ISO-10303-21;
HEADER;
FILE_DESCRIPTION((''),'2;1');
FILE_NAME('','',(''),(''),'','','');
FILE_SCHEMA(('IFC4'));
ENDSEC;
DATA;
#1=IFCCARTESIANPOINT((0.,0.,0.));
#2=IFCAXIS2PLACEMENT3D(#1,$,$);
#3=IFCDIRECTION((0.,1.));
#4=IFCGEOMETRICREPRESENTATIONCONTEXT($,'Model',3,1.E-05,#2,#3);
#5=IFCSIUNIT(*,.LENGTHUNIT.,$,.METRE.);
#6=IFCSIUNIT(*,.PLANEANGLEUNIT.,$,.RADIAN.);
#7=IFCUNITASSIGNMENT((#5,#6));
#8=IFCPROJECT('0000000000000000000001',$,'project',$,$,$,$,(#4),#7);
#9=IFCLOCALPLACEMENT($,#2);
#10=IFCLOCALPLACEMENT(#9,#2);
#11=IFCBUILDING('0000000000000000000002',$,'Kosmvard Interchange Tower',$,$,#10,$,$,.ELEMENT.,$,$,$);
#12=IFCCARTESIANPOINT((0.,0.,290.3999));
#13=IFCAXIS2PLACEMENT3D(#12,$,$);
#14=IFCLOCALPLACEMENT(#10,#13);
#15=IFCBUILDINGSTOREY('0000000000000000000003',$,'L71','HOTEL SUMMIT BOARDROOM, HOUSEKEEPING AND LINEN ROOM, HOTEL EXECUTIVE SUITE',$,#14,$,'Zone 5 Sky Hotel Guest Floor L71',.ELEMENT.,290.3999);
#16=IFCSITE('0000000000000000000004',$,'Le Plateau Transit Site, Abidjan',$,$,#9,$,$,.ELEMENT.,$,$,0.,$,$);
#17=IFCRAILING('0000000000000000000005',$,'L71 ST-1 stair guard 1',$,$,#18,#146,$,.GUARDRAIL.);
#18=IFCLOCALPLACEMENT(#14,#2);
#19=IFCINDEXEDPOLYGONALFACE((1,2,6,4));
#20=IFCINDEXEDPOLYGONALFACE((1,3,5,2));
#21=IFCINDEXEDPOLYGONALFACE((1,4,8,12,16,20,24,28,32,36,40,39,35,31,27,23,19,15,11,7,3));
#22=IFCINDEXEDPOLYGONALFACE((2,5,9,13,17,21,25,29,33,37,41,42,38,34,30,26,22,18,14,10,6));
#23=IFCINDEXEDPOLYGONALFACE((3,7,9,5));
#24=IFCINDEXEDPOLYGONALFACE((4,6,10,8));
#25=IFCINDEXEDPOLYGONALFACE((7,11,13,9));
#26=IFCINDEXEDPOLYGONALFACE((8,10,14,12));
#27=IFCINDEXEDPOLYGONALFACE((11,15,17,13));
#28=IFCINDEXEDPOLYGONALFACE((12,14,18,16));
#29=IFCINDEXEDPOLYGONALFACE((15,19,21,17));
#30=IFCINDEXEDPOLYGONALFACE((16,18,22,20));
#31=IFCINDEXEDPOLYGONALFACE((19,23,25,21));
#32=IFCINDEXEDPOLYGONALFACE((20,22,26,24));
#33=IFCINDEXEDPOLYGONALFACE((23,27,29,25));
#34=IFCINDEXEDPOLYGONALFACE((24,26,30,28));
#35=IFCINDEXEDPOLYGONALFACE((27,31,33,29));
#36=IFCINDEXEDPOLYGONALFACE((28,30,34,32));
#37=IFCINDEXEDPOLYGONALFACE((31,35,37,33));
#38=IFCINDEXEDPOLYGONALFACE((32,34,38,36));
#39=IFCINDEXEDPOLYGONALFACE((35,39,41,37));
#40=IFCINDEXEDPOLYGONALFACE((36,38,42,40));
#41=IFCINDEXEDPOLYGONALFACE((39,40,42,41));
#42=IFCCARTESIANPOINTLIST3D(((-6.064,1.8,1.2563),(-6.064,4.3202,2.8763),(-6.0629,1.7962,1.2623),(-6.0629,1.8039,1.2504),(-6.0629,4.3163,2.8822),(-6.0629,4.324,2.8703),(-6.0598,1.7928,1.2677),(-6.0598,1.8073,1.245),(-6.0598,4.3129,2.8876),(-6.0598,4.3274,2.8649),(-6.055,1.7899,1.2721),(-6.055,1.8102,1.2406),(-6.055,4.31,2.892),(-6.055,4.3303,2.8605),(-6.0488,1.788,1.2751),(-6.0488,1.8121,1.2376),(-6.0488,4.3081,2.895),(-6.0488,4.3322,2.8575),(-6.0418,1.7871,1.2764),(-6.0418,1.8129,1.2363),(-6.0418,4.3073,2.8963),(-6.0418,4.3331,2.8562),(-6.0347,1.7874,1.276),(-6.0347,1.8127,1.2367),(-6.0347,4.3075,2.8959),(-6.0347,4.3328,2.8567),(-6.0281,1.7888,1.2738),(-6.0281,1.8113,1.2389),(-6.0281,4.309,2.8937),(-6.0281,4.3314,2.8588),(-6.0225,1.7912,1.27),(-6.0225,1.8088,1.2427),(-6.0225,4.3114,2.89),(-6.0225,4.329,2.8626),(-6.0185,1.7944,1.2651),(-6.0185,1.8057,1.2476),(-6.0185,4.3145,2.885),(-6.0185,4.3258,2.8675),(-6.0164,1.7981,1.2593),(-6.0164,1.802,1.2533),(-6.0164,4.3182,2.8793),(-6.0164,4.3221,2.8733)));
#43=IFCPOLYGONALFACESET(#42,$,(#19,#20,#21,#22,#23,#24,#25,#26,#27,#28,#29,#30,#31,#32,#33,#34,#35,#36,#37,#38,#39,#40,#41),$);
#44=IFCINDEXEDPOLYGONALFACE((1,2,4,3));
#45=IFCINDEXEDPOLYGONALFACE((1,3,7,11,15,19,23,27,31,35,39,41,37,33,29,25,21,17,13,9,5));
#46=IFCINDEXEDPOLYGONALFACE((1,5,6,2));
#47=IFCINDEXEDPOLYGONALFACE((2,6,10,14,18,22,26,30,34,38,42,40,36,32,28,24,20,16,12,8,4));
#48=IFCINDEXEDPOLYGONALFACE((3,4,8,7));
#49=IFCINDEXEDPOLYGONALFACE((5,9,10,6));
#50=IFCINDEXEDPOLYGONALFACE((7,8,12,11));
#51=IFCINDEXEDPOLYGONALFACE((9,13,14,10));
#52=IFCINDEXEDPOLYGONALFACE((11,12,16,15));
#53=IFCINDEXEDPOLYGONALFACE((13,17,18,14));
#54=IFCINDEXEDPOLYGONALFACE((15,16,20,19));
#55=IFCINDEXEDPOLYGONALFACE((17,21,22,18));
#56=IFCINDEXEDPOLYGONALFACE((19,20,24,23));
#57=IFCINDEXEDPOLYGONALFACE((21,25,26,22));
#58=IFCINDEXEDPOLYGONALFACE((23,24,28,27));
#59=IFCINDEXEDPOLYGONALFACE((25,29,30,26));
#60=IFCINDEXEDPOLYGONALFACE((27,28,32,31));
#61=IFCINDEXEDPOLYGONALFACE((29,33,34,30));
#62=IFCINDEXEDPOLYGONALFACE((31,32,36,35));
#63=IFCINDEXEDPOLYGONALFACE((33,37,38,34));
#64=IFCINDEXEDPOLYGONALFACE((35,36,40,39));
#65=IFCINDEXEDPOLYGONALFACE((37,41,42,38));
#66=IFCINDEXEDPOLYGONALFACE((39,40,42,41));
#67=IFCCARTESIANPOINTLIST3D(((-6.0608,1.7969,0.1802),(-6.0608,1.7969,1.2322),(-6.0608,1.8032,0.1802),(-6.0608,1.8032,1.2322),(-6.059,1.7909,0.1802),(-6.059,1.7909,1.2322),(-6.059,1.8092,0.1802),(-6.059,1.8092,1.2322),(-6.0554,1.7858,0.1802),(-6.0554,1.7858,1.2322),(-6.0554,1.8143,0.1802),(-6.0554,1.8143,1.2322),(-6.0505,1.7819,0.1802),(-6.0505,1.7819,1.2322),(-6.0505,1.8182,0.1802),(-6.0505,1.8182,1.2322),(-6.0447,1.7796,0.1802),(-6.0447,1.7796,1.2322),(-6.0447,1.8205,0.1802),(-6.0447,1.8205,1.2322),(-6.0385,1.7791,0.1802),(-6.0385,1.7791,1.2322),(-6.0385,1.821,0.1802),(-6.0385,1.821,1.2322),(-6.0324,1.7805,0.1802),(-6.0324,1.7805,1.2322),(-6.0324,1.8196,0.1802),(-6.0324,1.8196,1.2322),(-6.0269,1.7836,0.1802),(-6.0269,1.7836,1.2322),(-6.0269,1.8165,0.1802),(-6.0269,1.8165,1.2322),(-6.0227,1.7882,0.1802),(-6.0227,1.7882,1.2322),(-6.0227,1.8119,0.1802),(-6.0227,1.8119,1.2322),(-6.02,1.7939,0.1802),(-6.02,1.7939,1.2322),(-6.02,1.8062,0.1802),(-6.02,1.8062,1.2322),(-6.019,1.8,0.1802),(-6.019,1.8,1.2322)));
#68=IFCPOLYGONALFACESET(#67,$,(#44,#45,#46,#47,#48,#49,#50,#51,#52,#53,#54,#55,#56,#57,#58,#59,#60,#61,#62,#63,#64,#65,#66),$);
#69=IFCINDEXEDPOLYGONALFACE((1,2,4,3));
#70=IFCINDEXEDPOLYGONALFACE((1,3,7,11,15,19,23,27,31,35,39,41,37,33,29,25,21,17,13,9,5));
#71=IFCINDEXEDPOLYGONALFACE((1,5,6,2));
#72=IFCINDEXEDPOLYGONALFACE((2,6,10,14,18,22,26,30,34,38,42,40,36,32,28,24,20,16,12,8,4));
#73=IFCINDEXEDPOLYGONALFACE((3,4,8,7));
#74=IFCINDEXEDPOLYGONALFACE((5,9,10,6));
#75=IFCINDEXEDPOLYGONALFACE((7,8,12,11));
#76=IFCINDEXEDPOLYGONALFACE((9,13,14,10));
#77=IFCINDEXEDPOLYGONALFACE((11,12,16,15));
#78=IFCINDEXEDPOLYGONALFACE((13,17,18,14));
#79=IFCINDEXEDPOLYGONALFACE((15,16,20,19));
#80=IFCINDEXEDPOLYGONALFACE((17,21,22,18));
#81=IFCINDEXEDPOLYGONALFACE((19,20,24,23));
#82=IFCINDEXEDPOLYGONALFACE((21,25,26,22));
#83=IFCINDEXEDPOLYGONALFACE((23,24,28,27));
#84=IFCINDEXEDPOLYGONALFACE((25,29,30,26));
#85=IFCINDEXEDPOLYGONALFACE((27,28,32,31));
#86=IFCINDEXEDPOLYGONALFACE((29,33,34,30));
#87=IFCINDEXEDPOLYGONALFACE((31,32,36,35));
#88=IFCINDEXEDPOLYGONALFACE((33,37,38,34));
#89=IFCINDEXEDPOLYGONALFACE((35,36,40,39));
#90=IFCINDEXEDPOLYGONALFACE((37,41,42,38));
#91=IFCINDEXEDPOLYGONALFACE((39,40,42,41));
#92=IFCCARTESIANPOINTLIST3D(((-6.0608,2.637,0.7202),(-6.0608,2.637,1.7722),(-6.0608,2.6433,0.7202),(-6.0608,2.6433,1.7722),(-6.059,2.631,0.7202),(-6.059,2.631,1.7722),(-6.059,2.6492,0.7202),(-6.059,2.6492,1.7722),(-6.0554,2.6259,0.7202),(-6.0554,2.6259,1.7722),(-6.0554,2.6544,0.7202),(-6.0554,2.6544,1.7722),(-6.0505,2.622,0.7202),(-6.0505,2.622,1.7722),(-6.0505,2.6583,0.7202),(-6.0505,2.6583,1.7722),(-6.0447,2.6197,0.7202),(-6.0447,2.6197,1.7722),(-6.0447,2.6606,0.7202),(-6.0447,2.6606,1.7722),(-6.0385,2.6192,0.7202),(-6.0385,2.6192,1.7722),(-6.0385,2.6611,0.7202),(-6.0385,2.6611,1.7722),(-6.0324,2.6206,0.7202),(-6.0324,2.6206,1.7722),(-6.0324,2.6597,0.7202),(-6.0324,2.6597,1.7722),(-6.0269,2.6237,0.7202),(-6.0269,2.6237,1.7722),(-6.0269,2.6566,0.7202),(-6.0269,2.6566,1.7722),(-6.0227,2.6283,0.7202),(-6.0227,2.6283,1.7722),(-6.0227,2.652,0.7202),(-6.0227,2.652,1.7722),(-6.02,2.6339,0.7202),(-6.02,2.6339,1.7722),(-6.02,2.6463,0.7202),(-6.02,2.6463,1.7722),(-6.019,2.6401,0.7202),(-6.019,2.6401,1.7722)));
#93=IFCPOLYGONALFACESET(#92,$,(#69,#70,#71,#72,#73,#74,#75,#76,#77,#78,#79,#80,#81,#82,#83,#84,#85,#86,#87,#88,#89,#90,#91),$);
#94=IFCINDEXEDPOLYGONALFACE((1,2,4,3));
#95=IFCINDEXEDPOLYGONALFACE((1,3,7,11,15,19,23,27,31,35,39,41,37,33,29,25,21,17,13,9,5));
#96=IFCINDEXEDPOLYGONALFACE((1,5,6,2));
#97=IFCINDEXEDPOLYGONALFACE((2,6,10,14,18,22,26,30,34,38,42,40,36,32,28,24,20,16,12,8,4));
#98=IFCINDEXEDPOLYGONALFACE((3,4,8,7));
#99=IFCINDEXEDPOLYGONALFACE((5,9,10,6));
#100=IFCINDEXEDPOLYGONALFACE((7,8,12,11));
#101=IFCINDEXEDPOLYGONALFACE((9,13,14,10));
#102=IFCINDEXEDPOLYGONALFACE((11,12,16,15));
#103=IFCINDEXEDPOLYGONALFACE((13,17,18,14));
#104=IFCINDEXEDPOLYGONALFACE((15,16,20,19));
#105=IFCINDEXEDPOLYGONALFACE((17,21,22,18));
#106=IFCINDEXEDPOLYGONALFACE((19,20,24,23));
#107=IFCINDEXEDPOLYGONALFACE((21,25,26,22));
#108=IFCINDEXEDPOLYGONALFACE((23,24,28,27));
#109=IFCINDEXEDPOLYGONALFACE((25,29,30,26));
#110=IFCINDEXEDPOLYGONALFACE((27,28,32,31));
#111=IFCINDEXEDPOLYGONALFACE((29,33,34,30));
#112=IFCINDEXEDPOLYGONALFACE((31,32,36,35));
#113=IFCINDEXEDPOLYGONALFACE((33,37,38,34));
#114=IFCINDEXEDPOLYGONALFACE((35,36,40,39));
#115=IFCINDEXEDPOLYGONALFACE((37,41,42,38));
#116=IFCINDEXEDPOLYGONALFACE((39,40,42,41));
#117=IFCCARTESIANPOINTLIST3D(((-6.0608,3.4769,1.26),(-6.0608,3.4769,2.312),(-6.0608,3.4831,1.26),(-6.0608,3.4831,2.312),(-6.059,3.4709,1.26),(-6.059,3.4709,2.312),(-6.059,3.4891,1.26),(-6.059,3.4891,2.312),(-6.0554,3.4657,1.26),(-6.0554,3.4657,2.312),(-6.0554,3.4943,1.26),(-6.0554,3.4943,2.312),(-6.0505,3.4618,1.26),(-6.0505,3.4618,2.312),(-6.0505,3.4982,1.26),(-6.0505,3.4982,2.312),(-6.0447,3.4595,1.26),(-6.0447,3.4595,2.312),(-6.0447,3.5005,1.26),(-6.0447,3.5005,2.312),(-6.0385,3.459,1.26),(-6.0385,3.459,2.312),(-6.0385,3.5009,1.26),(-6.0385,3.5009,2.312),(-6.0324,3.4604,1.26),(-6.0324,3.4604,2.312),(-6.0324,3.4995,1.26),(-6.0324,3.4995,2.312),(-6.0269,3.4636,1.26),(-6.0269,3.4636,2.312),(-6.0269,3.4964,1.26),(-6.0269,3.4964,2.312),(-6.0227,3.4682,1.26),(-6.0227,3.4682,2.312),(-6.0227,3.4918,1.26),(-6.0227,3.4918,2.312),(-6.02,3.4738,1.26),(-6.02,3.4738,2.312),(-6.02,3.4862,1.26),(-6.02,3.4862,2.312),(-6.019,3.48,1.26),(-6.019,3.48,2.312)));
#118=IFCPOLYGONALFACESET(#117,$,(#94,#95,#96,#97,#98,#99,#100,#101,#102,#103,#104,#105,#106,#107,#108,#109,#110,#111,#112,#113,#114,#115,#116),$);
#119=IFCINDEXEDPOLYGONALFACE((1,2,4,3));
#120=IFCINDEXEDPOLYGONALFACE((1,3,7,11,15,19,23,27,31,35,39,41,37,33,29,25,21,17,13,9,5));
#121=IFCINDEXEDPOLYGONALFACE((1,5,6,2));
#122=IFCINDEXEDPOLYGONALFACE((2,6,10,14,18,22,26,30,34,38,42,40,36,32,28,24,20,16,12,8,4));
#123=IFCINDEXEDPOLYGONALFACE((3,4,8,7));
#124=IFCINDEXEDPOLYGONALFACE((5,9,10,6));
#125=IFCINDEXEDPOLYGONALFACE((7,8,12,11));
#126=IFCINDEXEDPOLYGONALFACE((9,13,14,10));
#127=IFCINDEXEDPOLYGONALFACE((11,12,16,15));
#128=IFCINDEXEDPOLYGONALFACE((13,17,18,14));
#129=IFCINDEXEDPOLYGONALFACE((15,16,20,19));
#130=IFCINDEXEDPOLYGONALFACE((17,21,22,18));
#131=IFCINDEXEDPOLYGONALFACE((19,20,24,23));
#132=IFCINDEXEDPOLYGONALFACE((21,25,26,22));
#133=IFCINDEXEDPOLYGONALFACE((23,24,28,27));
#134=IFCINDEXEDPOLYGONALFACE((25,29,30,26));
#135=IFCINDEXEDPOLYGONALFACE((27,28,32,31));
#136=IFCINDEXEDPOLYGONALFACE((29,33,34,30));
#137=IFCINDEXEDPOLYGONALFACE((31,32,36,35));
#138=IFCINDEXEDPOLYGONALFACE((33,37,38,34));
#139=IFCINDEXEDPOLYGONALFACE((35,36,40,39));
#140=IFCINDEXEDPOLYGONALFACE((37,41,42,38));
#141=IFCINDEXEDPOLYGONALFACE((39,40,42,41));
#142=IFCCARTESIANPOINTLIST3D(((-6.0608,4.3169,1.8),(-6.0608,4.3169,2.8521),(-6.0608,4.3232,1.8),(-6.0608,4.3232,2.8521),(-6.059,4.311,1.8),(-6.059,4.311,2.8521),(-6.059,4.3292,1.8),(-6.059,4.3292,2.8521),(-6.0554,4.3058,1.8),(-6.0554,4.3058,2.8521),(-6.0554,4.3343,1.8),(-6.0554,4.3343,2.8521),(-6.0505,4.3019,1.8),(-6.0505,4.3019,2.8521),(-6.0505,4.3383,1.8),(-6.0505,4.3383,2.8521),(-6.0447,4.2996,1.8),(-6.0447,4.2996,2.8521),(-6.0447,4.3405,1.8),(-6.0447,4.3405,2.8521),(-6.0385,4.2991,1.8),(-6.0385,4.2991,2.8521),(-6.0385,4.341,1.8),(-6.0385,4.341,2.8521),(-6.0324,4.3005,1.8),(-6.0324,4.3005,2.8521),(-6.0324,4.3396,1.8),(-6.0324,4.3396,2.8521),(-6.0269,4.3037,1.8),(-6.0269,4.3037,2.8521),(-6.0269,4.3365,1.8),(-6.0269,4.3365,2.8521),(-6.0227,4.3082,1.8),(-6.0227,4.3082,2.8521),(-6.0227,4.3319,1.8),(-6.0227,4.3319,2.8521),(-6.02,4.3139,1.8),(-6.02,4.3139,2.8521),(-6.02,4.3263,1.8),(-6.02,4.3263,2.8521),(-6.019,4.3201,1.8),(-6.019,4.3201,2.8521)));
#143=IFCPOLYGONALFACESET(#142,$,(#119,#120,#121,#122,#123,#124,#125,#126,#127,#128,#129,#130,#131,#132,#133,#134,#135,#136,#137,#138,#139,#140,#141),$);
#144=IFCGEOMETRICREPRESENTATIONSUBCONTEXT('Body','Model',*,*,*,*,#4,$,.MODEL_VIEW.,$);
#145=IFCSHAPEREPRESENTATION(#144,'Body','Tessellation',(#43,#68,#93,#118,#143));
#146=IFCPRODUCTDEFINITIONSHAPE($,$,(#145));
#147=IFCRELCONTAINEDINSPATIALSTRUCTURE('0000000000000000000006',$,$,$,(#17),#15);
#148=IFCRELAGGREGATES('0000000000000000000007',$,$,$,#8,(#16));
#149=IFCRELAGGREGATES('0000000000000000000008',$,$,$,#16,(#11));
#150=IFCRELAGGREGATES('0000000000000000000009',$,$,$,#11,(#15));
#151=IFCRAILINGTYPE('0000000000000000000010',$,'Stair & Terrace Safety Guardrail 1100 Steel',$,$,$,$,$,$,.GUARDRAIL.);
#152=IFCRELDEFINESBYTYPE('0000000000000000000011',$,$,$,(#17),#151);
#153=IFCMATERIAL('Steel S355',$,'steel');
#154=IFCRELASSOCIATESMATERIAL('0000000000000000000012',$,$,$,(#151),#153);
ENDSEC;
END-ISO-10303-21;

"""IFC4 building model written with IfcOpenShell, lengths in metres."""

from ifc_helpers import new_model, si_unit, direction, frame, origin, origin_2d, place, context, subcontext, project, spatial, circle, extrude, source, transform, mapped, material, type_object, element, save


model = new_model("IFC4")

# Units and contexts
model_context = context("Model", 3, precision=1e-05, world=origin(), true_north=direction((0.0, 1.0)))
body_context = subcontext(model_context, "Body", "Model", "MODEL_VIEW")
ifc_project = project(units=[si_unit("LENGTHUNIT", "METRE"), si_unit("PLANEANGLEUNIT", "RADIAN")], contexts=[model_context])

# Site, building, storey
site_placement = place(None, origin())
site = spatial("IfcSite", under=ifc_project, at=site_placement, Name="Le Plateau Transit Site, Abidjan", CompositionType="ELEMENT", RefElevation=0.0)
building_placement = place(site_placement, origin())
building = spatial("IfcBuilding", under=site, at=building_placement, Name="Kosmvard Interchange Tower", CompositionType="ELEMENT")
storey_placement = place(building_placement, frame((0.0, 0.0, 290.3999)))
storey = spatial("IfcBuildingStorey", under=building, at=storey_placement, Name="L71", Description="HOTEL SUMMIT BOARDROOM, HOUSEKEEPING AND LINEN ROOM, HOTEL EXECUTIVE SUITE", LongName="Zone 5 Sky Hotel Guest Floor L71", CompositionType="ELEMENT", Elevation=290.3999)

# Shared definitions
ifc_material_1 = material(Name="Steel S355", Category="steel")

# Railing
railing_type_1 = type_object("IfcRailingType", Name="Stair & Terrace Safety Guardrail 1100 Steel", PredefinedType="GUARDRAIL", material=ifc_material_1)
shared_shape_1 = source(origin(), body_context, "Body", "SweptSolid", [
    extrude(circle(Radius=0.0239, at=origin_2d()), frame((0.0, 0.0, 1.0762), z_axis=(0.0, 0.8412, 0.540725), x_axis=(-1.0, 0.0, 0.0)), (0.0, 0.0, 1.0), 2.9958),
    extrude(circle(Radius=0.021, at=origin_2d()), origin(), (0.0, 0.0, 1.0), 1.052),
    extrude(circle(Radius=0.021, at=origin_2d()), frame((0.0, 0.8401, 0.54)), (0.0, 0.0, 1.0), 1.052),
    extrude(circle(Radius=0.021, at=origin_2d()), frame((0.0, 1.6799, 1.0798)), (0.0, 0.0, 1.0), 1.052),
    extrude(circle(Radius=0.021, at=origin_2d()), frame((0.0, 2.52, 1.6199)), (0.0, 0.0, 1.0), 1.052),
])
railing_1_placement = place(storey_placement, frame((-6.04, 1.8, 0.1802)))
element("IfcRailing", 1, at=railing_1_placement, inside=storey, type_object=railing_type_1, Name="L71 ST-1 stair guard 1", PredefinedType="GUARDRAIL", context=body_context, shape_type="MappedRepresentation", body=[
    mapped(shared_shape_1, transform((0.0, 0.0, 0.0), scale=1.0)),
])

save(model, "model.ifc")
